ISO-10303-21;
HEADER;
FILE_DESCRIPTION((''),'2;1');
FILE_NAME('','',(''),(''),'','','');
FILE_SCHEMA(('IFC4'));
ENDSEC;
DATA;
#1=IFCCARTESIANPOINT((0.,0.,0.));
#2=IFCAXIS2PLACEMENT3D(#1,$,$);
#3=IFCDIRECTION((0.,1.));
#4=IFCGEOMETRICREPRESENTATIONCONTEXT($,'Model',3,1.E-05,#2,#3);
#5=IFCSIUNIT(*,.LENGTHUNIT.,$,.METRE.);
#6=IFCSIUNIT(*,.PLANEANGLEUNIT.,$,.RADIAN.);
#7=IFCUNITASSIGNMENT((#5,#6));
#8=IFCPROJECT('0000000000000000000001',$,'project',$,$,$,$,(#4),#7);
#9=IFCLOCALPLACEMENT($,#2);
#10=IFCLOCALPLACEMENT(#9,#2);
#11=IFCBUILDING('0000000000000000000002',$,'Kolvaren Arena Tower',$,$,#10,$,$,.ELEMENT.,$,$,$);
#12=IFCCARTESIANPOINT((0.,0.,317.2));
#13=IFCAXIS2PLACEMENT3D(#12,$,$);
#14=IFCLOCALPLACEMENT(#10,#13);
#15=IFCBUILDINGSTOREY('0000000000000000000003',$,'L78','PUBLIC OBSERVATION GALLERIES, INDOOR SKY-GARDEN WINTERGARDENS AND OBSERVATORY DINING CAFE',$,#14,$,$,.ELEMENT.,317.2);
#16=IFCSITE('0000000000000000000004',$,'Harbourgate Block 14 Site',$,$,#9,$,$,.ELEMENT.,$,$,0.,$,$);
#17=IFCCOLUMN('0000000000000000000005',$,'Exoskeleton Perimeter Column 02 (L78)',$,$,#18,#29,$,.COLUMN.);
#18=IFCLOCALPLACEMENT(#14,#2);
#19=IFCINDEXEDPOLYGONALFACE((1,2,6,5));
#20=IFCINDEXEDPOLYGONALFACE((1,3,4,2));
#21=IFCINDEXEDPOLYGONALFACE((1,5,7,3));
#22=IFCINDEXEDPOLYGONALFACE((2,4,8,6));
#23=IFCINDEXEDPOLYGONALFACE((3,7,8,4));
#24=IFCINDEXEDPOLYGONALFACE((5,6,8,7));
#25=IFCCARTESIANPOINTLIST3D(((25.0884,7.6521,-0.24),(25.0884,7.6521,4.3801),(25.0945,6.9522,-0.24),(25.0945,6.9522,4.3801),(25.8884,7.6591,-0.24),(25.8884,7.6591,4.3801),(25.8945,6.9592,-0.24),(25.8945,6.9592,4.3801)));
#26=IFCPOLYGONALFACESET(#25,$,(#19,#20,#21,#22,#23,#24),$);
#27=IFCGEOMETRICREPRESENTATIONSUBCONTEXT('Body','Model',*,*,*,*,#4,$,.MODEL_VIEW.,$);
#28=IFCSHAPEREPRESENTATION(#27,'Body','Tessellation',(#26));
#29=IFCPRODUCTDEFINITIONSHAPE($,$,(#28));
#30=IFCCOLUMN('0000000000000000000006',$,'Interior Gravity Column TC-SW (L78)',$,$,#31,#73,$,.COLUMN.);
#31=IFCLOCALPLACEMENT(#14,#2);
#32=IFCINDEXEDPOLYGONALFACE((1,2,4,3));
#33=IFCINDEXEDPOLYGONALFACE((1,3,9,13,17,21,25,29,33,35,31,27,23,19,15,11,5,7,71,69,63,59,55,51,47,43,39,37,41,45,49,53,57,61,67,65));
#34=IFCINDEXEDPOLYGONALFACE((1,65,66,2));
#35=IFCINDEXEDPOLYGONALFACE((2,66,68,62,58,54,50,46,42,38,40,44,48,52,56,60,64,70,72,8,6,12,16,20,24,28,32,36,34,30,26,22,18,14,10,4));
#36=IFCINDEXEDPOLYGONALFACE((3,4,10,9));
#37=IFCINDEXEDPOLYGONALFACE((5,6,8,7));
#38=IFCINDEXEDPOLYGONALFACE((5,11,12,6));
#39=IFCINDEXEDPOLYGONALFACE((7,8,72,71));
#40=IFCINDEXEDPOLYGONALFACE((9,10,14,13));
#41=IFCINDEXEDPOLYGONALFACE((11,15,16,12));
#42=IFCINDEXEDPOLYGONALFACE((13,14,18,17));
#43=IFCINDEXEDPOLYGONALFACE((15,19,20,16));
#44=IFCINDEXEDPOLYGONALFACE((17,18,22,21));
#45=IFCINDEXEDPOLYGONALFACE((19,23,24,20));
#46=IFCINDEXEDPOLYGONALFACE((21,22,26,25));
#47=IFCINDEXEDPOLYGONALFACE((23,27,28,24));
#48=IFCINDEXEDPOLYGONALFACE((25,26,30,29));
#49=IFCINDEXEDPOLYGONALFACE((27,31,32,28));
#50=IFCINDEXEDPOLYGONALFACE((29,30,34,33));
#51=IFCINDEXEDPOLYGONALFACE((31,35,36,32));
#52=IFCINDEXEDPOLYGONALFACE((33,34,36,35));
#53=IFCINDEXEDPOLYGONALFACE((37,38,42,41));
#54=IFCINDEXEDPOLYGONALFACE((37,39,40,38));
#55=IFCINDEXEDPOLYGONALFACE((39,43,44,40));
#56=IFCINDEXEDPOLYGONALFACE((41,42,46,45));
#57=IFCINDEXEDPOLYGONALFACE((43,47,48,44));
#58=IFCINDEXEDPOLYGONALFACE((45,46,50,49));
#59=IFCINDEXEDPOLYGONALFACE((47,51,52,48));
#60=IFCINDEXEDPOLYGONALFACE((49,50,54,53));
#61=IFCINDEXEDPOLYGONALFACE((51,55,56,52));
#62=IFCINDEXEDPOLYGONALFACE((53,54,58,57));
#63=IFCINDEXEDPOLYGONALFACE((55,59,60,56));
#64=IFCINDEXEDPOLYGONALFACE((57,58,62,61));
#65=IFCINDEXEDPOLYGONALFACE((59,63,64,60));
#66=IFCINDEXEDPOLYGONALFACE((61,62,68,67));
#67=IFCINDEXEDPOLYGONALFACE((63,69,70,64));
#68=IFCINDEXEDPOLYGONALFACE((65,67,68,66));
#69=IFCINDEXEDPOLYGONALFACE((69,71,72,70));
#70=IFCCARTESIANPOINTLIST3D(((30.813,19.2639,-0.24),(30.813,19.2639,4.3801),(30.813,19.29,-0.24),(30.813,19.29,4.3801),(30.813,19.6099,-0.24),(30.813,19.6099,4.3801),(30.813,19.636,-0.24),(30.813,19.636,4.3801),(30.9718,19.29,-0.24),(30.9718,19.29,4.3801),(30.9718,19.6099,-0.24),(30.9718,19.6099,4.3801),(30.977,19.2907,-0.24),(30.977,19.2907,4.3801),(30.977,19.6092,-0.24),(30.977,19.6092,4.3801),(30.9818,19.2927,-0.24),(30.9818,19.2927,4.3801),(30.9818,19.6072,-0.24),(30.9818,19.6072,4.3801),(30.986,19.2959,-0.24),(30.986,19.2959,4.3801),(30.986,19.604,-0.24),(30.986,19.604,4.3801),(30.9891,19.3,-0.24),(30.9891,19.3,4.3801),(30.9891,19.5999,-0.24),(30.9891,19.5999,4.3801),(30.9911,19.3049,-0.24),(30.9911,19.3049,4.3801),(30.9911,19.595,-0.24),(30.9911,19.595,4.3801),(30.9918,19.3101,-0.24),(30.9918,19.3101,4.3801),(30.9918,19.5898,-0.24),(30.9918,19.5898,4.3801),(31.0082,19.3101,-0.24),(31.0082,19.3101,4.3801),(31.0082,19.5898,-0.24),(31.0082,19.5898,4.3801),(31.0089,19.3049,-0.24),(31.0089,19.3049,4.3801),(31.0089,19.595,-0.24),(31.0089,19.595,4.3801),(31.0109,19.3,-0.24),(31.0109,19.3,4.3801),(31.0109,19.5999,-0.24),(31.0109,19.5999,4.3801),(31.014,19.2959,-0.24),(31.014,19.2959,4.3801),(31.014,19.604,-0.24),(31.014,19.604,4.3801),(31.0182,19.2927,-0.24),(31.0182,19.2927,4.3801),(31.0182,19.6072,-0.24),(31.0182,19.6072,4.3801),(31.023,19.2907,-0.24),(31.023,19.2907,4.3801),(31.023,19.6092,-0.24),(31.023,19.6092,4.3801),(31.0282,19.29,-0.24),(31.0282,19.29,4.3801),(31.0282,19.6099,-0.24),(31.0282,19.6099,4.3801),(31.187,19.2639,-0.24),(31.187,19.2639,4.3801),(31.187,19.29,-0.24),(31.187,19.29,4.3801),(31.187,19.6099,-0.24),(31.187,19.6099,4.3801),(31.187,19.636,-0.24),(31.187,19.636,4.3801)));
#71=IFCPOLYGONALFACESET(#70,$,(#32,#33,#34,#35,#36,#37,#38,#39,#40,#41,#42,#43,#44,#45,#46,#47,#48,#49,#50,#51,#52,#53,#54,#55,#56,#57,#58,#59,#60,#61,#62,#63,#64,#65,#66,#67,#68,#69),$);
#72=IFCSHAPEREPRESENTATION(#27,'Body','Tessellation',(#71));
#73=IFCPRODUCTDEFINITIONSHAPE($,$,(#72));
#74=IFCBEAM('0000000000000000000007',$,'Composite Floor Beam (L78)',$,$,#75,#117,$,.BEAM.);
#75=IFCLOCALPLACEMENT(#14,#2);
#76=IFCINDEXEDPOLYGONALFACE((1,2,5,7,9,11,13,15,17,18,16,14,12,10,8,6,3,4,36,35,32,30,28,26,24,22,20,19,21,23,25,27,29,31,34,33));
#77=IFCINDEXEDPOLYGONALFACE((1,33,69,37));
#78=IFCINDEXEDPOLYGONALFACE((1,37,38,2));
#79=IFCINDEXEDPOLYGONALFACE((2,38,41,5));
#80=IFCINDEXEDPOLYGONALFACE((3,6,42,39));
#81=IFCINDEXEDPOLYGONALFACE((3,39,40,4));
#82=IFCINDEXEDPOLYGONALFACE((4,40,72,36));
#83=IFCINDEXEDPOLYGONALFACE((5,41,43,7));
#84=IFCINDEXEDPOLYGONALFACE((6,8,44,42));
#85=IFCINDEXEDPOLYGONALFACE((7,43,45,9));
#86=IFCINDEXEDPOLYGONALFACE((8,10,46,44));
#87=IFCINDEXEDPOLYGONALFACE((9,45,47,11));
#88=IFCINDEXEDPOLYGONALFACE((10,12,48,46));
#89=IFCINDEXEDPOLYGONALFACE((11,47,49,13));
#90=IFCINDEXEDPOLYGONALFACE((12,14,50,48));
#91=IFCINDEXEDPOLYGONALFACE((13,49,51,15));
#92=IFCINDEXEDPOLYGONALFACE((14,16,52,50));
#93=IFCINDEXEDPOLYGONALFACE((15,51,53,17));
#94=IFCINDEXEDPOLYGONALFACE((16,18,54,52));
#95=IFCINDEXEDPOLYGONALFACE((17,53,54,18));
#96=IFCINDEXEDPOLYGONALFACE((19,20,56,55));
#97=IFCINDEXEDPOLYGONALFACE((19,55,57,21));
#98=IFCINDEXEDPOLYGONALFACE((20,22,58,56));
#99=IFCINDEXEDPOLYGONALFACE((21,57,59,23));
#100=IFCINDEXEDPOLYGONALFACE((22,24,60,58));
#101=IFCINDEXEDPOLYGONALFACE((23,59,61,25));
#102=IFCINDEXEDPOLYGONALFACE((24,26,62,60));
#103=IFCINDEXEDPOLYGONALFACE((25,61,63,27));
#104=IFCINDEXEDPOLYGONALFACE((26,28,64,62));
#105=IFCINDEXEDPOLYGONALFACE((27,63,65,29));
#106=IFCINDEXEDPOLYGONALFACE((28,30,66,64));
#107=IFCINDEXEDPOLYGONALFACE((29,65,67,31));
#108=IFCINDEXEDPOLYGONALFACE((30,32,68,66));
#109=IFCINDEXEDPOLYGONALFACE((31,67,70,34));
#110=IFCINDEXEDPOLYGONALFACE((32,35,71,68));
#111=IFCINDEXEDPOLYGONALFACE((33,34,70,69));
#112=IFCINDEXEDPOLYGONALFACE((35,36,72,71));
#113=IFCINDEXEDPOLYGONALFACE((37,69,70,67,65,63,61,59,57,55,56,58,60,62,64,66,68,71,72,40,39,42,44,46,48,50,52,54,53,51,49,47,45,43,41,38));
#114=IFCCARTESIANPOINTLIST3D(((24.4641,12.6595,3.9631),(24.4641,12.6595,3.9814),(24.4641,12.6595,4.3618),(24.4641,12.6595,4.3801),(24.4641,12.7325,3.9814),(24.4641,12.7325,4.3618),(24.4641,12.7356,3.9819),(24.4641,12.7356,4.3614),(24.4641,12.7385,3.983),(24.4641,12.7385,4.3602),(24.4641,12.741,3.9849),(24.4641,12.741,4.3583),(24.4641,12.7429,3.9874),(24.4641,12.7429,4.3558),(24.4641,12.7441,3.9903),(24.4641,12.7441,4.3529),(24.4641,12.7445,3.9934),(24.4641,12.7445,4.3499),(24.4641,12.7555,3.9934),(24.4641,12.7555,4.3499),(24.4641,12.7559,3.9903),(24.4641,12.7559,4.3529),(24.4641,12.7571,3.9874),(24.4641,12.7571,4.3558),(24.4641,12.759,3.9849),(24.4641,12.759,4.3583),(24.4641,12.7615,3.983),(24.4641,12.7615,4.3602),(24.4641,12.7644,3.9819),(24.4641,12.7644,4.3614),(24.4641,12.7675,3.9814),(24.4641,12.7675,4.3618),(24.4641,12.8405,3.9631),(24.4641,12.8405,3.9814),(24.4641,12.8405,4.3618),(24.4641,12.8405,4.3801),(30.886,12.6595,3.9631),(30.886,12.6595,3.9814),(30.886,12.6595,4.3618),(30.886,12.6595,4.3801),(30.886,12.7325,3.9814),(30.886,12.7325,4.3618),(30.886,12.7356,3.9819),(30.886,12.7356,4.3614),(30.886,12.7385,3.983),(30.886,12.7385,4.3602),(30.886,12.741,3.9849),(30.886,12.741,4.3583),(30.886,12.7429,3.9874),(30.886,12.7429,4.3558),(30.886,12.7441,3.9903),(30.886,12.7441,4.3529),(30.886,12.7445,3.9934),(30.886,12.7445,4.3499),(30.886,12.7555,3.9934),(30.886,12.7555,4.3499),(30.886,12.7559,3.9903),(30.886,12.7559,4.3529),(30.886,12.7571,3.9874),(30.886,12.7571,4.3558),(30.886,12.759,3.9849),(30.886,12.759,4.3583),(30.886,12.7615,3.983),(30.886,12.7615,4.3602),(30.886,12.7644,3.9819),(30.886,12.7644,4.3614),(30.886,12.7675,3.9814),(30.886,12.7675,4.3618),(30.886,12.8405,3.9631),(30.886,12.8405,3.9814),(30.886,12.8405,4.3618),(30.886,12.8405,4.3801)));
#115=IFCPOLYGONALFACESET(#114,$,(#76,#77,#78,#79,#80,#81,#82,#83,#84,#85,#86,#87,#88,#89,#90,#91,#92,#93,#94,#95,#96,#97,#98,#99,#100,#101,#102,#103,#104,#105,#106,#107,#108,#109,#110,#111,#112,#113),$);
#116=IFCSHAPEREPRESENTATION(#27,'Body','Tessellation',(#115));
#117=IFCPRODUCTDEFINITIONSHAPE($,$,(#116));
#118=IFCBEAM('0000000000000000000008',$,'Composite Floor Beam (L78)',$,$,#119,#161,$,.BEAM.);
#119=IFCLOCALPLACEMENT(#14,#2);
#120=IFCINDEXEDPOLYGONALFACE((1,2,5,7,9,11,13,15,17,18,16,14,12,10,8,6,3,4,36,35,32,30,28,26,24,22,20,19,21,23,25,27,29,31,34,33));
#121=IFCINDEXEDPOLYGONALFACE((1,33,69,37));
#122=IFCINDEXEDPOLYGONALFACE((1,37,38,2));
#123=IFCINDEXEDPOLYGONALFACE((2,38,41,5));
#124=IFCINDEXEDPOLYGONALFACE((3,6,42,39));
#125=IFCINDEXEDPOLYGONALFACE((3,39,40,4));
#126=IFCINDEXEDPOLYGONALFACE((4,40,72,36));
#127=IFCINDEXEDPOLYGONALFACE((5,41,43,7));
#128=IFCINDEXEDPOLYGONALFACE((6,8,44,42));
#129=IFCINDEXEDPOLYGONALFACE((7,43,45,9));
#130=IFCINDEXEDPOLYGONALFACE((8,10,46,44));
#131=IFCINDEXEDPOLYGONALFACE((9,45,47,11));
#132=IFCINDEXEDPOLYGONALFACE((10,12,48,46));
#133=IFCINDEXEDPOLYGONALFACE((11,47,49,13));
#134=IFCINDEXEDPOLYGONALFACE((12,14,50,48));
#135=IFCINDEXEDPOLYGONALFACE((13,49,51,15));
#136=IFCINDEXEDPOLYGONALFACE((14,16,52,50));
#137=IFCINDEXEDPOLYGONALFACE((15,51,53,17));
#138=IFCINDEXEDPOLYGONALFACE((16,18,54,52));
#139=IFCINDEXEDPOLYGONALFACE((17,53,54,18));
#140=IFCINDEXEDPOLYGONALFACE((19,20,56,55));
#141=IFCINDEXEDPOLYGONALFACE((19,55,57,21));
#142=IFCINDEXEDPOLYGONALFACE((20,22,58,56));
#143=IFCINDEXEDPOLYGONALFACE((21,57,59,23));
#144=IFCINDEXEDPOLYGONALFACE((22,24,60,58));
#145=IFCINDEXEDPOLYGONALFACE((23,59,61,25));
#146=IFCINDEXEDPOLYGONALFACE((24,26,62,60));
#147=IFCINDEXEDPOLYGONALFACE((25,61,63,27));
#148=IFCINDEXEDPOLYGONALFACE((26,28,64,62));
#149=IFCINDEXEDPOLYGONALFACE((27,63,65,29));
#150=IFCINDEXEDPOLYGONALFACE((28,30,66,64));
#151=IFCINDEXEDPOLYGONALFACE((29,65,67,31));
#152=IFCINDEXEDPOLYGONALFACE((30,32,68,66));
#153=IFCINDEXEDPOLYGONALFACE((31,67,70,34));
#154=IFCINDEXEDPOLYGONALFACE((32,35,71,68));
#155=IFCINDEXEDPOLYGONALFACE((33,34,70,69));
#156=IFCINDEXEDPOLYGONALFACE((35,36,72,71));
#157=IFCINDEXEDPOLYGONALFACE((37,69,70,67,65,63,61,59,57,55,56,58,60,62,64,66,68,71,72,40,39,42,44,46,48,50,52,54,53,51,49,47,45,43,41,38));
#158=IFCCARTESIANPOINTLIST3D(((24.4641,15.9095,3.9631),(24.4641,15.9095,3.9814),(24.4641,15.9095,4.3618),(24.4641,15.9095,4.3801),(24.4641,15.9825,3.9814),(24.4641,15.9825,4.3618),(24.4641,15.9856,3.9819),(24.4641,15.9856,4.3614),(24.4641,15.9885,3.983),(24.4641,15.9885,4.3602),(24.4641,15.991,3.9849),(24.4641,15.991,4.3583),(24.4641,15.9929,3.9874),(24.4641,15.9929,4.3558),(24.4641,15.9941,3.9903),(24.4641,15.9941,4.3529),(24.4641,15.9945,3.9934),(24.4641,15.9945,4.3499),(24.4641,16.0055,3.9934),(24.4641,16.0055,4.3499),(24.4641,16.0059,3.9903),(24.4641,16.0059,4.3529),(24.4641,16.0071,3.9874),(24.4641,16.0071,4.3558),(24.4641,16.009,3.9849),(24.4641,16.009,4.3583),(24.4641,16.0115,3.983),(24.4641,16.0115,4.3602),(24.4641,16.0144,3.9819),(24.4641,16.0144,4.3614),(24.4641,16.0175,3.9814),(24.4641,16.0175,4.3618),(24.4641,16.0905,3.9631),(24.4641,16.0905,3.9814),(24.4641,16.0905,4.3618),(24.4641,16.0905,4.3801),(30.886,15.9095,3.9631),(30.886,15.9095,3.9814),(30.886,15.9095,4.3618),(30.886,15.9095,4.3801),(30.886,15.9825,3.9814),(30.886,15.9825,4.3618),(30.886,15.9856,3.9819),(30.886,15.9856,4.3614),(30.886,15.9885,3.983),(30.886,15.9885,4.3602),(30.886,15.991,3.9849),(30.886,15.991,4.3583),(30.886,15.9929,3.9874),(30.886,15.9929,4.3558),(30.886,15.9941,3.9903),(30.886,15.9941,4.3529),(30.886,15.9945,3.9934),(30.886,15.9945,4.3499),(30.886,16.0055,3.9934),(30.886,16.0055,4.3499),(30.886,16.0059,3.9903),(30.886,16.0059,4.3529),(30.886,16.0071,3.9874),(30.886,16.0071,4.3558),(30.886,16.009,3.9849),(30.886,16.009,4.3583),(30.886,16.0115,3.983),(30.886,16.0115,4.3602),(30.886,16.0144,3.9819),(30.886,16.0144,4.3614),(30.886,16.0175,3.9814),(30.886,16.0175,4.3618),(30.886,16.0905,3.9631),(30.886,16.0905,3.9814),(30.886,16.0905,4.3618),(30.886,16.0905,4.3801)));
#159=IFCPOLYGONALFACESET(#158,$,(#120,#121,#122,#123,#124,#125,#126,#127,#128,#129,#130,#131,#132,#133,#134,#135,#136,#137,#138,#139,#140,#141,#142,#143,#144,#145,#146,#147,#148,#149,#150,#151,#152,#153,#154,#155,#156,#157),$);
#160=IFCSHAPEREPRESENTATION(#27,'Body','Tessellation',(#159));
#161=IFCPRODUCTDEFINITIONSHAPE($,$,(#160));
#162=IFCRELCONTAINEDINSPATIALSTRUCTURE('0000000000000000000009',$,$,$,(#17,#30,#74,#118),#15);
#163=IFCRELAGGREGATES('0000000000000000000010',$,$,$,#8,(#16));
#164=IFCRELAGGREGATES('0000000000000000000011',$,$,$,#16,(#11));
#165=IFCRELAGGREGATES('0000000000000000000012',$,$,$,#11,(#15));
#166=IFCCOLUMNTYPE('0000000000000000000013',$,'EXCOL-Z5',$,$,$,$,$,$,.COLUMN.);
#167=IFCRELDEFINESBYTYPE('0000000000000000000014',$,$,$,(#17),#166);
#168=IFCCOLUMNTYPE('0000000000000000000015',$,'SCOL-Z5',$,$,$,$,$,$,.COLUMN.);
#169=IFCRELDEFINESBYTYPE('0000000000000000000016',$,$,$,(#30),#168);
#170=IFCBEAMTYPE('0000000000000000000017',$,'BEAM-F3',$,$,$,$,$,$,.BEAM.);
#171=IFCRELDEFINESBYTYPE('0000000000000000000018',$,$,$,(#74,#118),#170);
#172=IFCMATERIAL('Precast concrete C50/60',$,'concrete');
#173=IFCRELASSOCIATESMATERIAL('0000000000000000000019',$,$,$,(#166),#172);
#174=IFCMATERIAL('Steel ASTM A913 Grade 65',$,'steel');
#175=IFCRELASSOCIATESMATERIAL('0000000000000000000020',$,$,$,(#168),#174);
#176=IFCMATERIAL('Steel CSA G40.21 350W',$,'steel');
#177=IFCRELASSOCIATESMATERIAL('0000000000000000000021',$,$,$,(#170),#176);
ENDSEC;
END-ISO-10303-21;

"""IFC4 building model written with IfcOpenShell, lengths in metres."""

from ifc_helpers import new_model, si_unit, direction, frame, origin, origin_2d, place, context, subcontext, project, spatial, rectangle, i_section, extrude, material, material_profile, profile_set, type_object, element, save


model = new_model("IFC4")

# Units and contexts
model_context = context("Model", 3, precision=1e-05, world=origin(), true_north=direction((0.0, 1.0)))
body_context = subcontext(model_context, "Body", "Model", "MODEL_VIEW")
ifc_project = project(units=[si_unit("LENGTHUNIT", "METRE"), si_unit("PLANEANGLEUNIT", "RADIAN")], contexts=[model_context])

# Site, building, storey
site_placement = place(None, origin())
site = spatial("IfcSite", under=ifc_project, at=site_placement, Name="Harbourgate Block 14 Site", CompositionType="ELEMENT", RefElevation=0.0)
building_placement = place(site_placement, origin())
building = spatial("IfcBuilding", under=site, at=building_placement, Name="Kolvaren Arena Tower", CompositionType="ELEMENT")
storey_placement = place(building_placement, frame((0.0, 0.0, 317.2)))
storey = spatial("IfcBuildingStorey", under=building, at=storey_placement, Name="L78", Description="PUBLIC OBSERVATION GALLERIES, INDOOR SKY-GARDEN WINTERGARDENS AND OBSERVATORY DINING CAFE", CompositionType="ELEMENT", Elevation=317.2)

# Columns
ifc_material_1 = material(Name="Precast concrete C50/60", Category="concrete")
ifc_material_profile_1 = material_profile(ifc_material_1, rectangle(XDim=0.8, YDim=0.7, at=origin_2d()), Name="RC-800x700")
ifc_profile_set_1 = profile_set([ifc_material_profile_1], Name="Precast concrete C50/60")
column_type_1 = type_object("IfcColumnType", Name="EXCOL-Z5", PredefinedType="COLUMN", material=ifc_profile_set_1)
column_1_placement = place(storey_placement, frame((25.4915, 7.3057, -0.24), z_axis=(0.0, 0.0, 1.0), x_axis=(0.999962, 0.008727, 0.0)))
element("IfcColumn", 1, at=column_1_placement, inside=storey, type_object=column_type_1, Name="Exoskeleton Perimeter Column 02 (L78)", PredefinedType="COLUMN", context=body_context, shape_type="SweptSolid", body=[
    extrude(rectangle(XDim=0.8, YDim=0.7, at=origin_2d()), origin(), (0.0, 0.0, 1.0), 4.6201),
])
ifc_material_2 = material(Name="Steel ASTM A913 Grade 65", Category="steel")
ifc_material_profile_2 = material_profile(ifc_material_2, i_section(OverallWidth=0.374, OverallDepth=0.3721, WebThickness=0.0164, FlangeThickness=0.0261, FilletRadius=0.02, at=origin_2d()), Name="W360x196")
ifc_profile_set_2 = profile_set([ifc_material_profile_2], Name="Steel ASTM A913 Grade 65")
column_type_2 = type_object("IfcColumnType", Name="SCOL-Z5", PredefinedType="COLUMN", material=ifc_profile_set_2)
column_2_placement = place(storey_placement, frame((31.0, 19.45, -0.24), z_axis=(0.0, 0.0, 1.0), x_axis=(1.0, 0.0, 0.0)))
element("IfcColumn", 2, at=column_2_placement, inside=storey, type_object=column_type_2, Name="Interior Gravity Column TC-SW (L78)", PredefinedType="COLUMN", context=body_context, shape_type="SweptSolid", body=[
    extrude(i_section(OverallWidth=0.374, OverallDepth=0.3721, WebThickness=0.0164, FlangeThickness=0.0261, FilletRadius=0.02, at=origin_2d()), origin(), (0.0, 0.0, 1.0), 4.6201),
])

# Beams
ifc_material_3 = material(Name="Steel CSA G40.21 350W", Category="steel")
ifc_material_profile_3 = material_profile(ifc_material_3, i_section(OverallWidth=0.1809, OverallDepth=0.417, WebThickness=0.011, FlangeThickness=0.0183, FilletRadius=0.012, at=origin_2d()), Name="W410x85")
ifc_profile_set_3 = profile_set([ifc_material_profile_3], Name="Steel CSA G40.21 350W")
beam_type_1 = type_object("IfcBeamType", Name="BEAM-F3", PredefinedType="BEAM", material=ifc_profile_set_3)
for number, where, z_axis, x_axis, name in (
    (3, (24.4641, 12.75, 4.1716), (1.0, 0.0, 0.0), (0.0, 1.0, 0.0), "Composite Floor Beam (L78)"),
    (4, (24.4641, 16.0, 4.1716), (1.0, 0.0, 0.0), (0.0, 1.0, 0.0), "Composite Floor Beam (L78)"),
):
    element("IfcBeam", number, at=place(storey_placement, frame(where, z_axis=z_axis, x_axis=x_axis)), inside=storey, type_object=beam_type_1, Name=name, PredefinedType="BEAM", context=body_context, shape_type="SweptSolid", body=[
        extrude(i_section(OverallWidth=0.1809, OverallDepth=0.417, WebThickness=0.011, FlangeThickness=0.0183, FilletRadius=0.012, at=origin_2d()), origin(), (0.0, 0.0, 1.0), 6.4219),
    ])

save(model, "model.ifc")
